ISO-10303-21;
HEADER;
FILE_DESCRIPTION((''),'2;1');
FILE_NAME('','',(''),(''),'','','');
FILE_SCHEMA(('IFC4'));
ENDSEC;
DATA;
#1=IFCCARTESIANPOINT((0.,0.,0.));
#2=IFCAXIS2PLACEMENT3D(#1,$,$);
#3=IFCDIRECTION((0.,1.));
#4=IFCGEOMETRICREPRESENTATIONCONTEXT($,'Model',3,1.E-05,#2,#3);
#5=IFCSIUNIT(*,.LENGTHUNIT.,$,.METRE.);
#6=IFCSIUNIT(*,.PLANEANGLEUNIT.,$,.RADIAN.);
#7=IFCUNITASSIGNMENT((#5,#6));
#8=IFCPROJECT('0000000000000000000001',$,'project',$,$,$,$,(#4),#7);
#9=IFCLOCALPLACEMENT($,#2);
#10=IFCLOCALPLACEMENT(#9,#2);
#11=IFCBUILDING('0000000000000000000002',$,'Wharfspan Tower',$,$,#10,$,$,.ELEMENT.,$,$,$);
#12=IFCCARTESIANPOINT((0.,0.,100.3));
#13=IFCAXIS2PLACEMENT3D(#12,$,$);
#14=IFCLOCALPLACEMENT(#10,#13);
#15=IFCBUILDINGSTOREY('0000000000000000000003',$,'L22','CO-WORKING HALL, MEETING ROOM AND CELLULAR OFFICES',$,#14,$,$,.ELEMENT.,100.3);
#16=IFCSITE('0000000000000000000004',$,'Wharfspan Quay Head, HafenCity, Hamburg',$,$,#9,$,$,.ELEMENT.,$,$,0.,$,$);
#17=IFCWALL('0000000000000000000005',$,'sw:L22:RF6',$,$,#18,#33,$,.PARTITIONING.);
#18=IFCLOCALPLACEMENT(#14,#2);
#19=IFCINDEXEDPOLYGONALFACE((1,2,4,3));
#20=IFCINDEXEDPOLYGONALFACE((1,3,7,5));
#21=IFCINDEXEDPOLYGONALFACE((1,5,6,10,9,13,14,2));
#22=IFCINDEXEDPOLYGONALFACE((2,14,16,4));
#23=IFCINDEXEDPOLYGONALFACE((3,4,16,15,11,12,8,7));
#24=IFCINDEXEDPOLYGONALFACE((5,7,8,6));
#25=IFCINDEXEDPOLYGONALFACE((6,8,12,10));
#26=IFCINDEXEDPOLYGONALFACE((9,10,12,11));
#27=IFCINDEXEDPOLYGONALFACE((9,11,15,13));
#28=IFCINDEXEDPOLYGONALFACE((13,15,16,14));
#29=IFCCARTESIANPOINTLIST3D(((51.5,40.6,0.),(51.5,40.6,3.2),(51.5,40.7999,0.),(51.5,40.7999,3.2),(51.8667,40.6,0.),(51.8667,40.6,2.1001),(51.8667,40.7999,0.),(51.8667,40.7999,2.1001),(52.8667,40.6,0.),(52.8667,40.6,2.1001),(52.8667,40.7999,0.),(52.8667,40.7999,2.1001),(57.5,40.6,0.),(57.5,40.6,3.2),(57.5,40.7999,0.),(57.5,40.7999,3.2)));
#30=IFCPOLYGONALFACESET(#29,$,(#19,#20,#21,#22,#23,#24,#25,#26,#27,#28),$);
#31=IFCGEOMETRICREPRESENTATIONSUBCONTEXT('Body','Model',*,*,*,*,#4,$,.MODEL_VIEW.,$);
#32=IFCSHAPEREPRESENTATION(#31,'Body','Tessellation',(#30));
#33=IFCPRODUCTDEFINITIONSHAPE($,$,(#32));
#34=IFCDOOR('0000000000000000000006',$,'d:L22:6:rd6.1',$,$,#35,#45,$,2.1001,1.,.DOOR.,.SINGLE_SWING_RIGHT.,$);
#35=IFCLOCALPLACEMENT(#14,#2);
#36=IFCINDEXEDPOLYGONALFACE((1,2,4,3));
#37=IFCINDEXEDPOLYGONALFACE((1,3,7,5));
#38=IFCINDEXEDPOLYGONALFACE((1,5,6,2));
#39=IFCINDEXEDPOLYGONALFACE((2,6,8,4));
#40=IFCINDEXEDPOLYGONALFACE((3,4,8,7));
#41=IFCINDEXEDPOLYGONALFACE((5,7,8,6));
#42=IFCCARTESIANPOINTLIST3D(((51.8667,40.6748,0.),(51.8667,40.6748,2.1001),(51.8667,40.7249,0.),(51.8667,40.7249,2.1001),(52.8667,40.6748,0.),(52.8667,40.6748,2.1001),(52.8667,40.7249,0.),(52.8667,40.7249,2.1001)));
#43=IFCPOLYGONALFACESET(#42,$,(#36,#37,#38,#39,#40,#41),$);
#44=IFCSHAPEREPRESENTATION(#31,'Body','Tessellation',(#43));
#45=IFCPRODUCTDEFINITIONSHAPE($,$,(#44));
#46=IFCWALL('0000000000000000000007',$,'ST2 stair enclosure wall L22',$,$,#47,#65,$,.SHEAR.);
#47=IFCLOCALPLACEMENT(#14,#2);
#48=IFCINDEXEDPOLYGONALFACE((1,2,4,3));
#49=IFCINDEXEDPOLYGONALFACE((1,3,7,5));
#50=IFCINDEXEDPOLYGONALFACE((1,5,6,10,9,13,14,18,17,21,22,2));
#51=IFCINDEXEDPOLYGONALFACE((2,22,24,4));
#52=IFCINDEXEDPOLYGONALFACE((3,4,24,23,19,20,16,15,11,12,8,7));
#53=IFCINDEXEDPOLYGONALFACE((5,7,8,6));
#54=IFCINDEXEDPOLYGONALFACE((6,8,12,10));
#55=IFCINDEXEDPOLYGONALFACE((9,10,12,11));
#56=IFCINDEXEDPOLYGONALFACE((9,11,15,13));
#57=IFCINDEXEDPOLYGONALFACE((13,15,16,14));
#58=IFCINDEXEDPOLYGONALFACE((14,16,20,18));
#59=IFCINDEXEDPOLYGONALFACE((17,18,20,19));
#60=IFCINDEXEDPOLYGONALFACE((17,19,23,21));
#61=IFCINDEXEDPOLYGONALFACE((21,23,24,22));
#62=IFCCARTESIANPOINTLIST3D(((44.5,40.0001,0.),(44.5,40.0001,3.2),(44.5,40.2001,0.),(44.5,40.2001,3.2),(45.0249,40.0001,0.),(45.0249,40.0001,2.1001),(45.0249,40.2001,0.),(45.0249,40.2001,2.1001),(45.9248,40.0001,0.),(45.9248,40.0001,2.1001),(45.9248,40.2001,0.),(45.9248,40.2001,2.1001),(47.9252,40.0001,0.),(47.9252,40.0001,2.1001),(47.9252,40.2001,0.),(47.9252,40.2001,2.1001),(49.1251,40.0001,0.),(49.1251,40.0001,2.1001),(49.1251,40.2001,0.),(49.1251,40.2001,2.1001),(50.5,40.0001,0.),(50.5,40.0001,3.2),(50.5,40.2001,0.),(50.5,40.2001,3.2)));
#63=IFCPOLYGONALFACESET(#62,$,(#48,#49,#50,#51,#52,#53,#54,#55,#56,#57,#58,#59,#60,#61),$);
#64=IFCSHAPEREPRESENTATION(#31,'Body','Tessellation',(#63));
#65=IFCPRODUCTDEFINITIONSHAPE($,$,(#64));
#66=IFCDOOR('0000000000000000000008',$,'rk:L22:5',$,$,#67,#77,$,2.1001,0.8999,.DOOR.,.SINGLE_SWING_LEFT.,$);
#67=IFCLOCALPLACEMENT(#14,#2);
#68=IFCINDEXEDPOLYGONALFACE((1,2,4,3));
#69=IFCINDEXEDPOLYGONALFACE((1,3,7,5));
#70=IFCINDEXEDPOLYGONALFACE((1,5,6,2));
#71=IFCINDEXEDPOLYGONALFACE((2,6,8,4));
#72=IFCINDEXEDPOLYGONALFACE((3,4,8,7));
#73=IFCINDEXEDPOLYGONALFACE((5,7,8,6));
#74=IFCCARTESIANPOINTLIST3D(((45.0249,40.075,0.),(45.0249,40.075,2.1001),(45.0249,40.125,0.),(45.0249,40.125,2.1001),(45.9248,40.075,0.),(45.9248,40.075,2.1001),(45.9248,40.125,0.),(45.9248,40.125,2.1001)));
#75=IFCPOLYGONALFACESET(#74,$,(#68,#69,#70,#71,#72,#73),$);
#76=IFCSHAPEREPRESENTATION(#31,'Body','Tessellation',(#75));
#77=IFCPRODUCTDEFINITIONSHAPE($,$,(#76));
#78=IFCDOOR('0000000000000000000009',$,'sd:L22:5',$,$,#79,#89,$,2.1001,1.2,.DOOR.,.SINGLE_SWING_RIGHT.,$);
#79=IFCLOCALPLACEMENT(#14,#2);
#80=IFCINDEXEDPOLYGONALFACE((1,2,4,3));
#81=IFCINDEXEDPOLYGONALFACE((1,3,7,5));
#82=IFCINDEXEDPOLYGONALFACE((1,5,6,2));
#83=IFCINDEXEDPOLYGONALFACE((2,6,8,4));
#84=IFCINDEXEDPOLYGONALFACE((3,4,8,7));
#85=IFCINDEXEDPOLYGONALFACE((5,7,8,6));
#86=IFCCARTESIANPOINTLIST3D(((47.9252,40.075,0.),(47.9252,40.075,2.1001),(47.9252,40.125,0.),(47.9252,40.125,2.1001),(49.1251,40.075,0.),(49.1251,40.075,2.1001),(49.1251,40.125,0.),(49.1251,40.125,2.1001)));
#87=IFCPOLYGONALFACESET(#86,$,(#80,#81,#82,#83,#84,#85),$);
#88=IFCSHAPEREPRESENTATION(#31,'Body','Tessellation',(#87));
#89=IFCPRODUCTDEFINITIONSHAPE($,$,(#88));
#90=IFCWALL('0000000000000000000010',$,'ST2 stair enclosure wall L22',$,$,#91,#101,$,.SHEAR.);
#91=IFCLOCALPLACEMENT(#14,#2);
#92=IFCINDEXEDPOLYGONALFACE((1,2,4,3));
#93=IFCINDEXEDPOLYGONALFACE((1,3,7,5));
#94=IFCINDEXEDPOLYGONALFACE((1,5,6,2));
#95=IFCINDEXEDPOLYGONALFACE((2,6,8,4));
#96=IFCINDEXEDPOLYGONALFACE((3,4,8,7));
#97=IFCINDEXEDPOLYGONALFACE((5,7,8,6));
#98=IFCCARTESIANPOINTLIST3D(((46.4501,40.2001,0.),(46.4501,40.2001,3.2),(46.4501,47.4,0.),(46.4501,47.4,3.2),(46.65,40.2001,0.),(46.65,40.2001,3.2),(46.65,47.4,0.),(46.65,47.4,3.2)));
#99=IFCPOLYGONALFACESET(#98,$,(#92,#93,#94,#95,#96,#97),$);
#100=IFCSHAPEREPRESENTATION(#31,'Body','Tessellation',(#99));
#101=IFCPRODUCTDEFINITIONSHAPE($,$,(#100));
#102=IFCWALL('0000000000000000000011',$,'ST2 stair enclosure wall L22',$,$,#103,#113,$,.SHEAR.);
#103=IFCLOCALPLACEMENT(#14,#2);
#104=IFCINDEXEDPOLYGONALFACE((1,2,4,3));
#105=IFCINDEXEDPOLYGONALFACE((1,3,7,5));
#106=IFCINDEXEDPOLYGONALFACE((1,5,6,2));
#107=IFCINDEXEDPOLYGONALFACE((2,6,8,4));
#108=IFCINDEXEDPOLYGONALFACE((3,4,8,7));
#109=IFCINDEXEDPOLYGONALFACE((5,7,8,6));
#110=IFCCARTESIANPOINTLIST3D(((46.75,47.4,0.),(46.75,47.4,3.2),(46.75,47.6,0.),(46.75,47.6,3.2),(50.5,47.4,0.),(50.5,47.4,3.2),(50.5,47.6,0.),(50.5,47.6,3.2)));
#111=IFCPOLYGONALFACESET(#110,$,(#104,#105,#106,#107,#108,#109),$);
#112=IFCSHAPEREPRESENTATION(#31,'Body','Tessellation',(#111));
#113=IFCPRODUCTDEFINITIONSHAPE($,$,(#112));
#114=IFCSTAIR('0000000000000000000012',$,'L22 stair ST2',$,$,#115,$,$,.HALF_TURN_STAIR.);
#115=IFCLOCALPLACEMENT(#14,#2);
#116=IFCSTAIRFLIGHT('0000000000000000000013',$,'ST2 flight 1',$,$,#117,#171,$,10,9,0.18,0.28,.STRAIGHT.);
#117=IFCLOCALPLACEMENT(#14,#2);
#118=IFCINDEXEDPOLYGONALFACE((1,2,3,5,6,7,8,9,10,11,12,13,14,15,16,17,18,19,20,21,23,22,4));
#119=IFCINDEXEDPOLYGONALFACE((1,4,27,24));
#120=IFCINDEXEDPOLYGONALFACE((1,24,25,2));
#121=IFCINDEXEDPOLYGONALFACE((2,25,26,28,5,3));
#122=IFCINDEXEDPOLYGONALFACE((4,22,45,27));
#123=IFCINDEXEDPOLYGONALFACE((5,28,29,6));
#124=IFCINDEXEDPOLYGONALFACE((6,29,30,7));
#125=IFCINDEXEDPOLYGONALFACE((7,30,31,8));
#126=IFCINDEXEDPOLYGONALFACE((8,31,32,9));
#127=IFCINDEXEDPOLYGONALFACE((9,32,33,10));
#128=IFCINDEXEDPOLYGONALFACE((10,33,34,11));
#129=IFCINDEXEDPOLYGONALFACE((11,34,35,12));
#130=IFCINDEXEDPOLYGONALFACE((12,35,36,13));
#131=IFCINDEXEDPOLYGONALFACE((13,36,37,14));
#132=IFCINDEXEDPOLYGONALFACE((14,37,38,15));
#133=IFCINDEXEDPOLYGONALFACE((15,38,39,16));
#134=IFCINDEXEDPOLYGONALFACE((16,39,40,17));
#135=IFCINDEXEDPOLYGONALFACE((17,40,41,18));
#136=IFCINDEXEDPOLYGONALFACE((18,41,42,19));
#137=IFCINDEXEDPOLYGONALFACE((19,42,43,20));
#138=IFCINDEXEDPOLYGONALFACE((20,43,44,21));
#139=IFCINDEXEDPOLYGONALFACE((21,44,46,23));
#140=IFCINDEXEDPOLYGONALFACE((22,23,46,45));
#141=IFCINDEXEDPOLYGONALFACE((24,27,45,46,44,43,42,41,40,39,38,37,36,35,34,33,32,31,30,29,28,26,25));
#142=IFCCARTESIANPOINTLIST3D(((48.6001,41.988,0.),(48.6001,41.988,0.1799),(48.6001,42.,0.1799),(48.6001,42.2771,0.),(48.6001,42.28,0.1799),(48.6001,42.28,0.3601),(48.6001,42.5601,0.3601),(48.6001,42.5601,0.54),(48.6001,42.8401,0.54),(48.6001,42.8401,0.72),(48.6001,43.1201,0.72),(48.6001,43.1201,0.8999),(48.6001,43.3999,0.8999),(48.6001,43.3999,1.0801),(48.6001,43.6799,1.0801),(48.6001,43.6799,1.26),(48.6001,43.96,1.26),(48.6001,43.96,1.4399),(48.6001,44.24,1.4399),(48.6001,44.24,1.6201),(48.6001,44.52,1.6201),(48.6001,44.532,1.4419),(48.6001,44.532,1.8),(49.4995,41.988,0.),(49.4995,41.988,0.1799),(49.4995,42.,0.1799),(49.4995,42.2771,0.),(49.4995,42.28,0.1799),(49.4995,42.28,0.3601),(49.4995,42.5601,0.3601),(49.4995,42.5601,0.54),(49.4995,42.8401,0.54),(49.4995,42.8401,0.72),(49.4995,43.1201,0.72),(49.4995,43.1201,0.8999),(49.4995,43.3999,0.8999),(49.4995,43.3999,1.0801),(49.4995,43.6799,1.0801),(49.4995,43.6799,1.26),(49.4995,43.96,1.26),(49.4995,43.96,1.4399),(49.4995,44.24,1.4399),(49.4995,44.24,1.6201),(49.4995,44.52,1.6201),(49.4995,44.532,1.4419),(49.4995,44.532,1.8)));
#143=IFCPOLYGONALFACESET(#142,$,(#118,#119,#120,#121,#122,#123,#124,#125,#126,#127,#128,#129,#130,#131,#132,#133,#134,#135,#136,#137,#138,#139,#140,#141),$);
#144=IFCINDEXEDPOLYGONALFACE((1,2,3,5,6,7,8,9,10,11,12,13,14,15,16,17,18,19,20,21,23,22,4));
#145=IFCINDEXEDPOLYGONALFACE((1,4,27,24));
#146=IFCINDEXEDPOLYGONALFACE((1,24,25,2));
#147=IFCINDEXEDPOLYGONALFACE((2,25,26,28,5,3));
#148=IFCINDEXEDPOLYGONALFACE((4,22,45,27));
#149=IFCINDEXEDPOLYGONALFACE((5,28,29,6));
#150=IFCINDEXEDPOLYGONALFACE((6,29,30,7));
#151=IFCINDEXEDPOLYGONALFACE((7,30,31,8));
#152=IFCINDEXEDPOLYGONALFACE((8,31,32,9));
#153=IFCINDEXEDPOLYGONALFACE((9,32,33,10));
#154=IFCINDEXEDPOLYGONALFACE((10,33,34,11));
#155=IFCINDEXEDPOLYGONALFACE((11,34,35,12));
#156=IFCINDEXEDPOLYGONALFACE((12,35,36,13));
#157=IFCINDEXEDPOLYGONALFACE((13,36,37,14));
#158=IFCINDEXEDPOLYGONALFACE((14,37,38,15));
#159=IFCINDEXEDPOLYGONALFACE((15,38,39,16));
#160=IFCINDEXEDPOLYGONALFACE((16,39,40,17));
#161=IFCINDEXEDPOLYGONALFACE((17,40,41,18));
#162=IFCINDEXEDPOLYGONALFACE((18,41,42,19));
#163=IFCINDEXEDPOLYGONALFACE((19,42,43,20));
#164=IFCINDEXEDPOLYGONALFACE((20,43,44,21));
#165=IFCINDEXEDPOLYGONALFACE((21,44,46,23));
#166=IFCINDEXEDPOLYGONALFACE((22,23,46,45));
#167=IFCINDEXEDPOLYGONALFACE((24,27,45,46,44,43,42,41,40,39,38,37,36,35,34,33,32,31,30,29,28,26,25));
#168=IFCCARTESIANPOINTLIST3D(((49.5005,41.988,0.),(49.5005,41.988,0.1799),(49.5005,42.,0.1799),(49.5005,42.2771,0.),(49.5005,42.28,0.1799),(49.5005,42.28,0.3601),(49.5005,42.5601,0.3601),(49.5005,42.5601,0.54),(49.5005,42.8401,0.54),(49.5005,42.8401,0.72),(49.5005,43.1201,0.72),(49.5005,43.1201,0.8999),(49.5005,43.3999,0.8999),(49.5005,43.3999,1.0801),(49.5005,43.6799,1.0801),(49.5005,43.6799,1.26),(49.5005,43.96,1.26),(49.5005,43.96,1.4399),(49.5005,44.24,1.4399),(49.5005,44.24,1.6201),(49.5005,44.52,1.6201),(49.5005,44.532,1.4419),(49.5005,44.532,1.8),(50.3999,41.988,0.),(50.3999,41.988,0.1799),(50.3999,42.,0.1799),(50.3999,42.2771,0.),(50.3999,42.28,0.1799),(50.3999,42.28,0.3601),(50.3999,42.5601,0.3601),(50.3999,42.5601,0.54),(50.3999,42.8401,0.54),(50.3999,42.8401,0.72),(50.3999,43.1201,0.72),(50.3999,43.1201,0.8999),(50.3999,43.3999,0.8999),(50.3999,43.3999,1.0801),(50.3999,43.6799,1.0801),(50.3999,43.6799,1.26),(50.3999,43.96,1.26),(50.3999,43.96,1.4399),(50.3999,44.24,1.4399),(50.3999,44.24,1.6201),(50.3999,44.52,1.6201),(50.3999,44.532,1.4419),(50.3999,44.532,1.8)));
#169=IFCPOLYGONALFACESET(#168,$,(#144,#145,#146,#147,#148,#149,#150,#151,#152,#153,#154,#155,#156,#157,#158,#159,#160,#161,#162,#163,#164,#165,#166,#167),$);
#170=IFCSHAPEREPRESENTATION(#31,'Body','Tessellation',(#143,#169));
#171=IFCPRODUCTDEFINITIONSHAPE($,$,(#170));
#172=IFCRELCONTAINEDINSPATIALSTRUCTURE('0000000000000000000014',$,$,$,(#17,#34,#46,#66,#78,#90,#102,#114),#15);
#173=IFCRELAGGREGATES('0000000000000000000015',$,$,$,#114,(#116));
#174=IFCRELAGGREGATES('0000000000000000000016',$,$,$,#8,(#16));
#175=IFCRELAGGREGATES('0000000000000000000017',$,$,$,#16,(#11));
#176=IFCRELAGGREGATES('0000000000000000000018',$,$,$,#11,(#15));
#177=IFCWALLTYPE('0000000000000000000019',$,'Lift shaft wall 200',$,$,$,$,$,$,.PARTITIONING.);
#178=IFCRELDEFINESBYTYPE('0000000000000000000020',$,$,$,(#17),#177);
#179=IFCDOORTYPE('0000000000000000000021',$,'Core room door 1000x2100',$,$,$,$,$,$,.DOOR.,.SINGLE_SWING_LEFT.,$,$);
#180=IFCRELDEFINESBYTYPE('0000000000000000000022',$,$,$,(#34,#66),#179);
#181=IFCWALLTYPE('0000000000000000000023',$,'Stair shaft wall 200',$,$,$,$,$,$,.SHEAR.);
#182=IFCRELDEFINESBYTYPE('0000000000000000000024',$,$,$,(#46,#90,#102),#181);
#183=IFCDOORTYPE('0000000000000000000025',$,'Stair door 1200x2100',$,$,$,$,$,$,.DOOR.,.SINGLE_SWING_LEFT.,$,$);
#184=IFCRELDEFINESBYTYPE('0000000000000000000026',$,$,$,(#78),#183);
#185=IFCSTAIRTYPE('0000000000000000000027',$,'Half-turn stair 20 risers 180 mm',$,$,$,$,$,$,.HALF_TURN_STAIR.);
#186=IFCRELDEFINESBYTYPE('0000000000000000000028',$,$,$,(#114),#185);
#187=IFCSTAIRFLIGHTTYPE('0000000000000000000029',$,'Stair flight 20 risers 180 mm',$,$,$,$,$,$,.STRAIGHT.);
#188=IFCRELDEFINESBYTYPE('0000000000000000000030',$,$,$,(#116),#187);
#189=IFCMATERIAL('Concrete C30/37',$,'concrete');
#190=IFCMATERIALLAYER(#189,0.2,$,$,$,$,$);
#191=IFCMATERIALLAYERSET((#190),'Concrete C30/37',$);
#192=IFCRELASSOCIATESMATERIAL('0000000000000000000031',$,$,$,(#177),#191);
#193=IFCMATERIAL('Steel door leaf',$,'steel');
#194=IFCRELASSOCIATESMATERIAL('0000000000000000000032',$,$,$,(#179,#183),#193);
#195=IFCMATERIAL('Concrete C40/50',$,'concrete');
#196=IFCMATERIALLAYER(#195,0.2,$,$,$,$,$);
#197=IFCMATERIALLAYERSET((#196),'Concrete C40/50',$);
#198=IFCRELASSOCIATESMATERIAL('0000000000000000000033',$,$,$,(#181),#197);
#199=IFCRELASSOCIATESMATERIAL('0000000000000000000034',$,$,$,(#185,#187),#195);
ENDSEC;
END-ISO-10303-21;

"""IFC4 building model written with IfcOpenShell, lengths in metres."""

from ifc_helpers import new_model, si_unit, direction, frame, frame_2d, origin, place, context, subcontext, project, spatial, polyline, rectangle, outline, extrude, material, layer, layer_set, type_object, element, fill, aggregate, save


model = new_model("IFC4")

# Units and contexts
model_context = context("Model", 3, precision=1e-05, world=origin(), true_north=direction((0.0, 1.0)))
body_context = subcontext(model_context, "Body", "Model", "MODEL_VIEW")
ifc_project = project(units=[si_unit("LENGTHUNIT", "METRE"), si_unit("PLANEANGLEUNIT", "RADIAN")], contexts=[model_context])

# Site, building, storey
site_placement = place(None, origin())
site = spatial("IfcSite", under=ifc_project, at=site_placement, Name="Wharfspan Quay Head, HafenCity, Hamburg", CompositionType="ELEMENT", RefElevation=0.0)
building_placement = place(site_placement, origin())
building = spatial("IfcBuilding", under=site, at=building_placement, Name="Wharfspan Tower", CompositionType="ELEMENT")
storey_placement = place(building_placement, frame((0.0, 0.0, 100.3)))
storey = spatial("IfcBuildingStorey", under=building, at=storey_placement, Name="L22", Description="CO-WORKING HALL, MEETING ROOM AND CELLULAR OFFICES", CompositionType="ELEMENT", Elevation=100.3)

# Wall, opening, door
ifc_material_1 = material(Name="Concrete C30/37", Category="concrete")
ifc_layer_1 = layer(ifc_material_1, 0.2)
ifc_layer_set_1 = layer_set([ifc_layer_1], Name="Concrete C30/37")
wall_type_1 = type_object("IfcWallType", Name="Lift shaft wall 200", PredefinedType="PARTITIONING", material=ifc_layer_set_1)
wall_1_placement = place(storey_placement, frame((51.5, 40.7, 0.0), z_axis=(0.0, 0.0, 1.0), x_axis=(1.0, 0.0, 0.0)))
wall_1 = element("IfcWall", 1, at=wall_1_placement, inside=storey, type_object=wall_type_1, Name="sw:L22:RF6", PredefinedType="PARTITIONING", context=body_context, shape_type="SweptSolid", body=[
    extrude(rectangle(XDim=6.0, YDim=0.2, at=frame_2d((3.0, 0.0))), origin(), (0.0, 0.0, 1.0), 3.2),
])
opening_1_placement = place(wall_1_placement, frame((0.3667, 0.0, 0.0)))
opening_1 = element("IfcOpeningElement", 2, at=opening_1_placement, cuts=wall_1, PredefinedType="OPENING", context=body_context, shape_type="SweptSolid", body=[
    extrude(rectangle(XDim=1.0, YDim=2.1001, at=frame_2d((0.5, 1.05))), frame((0.0, 0.1099, 0.0), z_axis=(0.0, -1.0, 0.0), x_axis=(1.0, 0.0, 0.0)), (0.0, 0.0, 1.0), 0.22),
])
ifc_material_2 = material(Name="Steel door leaf", Category="steel")
door_type_1 = type_object("IfcDoorType", Name="Core room door 1000x2100", OperationType="SINGLE_SWING_LEFT", PredefinedType="DOOR", material=ifc_material_2)
door_1_placement = place(opening_1_placement, origin())
door_1 = element("IfcDoor", 3, at=door_1_placement, inside=storey, type_object=door_type_1, Name="d:L22:6:rd6.1", OperationType="SINGLE_SWING_RIGHT", OverallHeight=2.1001, OverallWidth=1.0, PredefinedType="DOOR", context=body_context, shape_type="SweptSolid", body=[
    extrude(rectangle(XDim=1.0, YDim=2.1001, at=frame_2d((0.5, 1.05))), frame((0.0, 0.0249, 0.0), z_axis=(0.0, -1.0, 0.0), x_axis=(1.0, 0.0, 0.0)), (0.0, 0.0, 1.0), 0.05),
])
fill(opening_1, door_1)

# Wall, openings, doors
ifc_material_3 = material(Name="Concrete C40/50", Category="concrete")
ifc_layer_2 = layer(ifc_material_3, 0.2)
ifc_layer_set_2 = layer_set([ifc_layer_2], Name="Concrete C40/50")
wall_type_2 = type_object("IfcWallType", Name="Stair shaft wall 200", PredefinedType="SHEAR", material=ifc_layer_set_2)
wall_2_placement = place(storey_placement, frame((44.5, 40.1001, 0.0), z_axis=(0.0, 0.0, 1.0), x_axis=(1.0, 0.0, 0.0)))
wall_2 = element("IfcWall", 4, at=wall_2_placement, inside=storey, type_object=wall_type_2, Name="ST2 stair enclosure wall L22", PredefinedType="SHEAR", context=body_context, shape_type="SweptSolid", body=[
    extrude(rectangle(XDim=6.0, YDim=0.2, at=frame_2d((3.0, 0.0))), origin(), (0.0, 0.0, 1.0), 3.2),
])
opening_2_placement = place(wall_2_placement, frame((3.425, 0.0, 0.0)))
opening_2 = element("IfcOpeningElement", 5, at=opening_2_placement, cuts=wall_2, PredefinedType="OPENING", context=body_context, shape_type="SweptSolid", body=[
    extrude(rectangle(XDim=1.2, YDim=2.1001, at=frame_2d((0.6001, 1.05))), frame((0.0, 0.1099, 0.0), z_axis=(0.0, -1.0, 0.0), x_axis=(1.0, 0.0, 0.0)), (0.0, 0.0, 1.0), 0.22),
])
opening_3_placement = place(wall_2_placement, frame((0.5249, 0.0, 0.0)))
opening_3 = element("IfcOpeningElement", 6, at=opening_3_placement, cuts=wall_2, PredefinedType="OPENING", context=body_context, shape_type="SweptSolid", body=[
    extrude(rectangle(XDim=0.8999, YDim=2.1001, at=frame_2d((0.45, 1.05))), frame((0.0, 0.1099, 0.0), z_axis=(0.0, -1.0, 0.0), x_axis=(1.0, 0.0, 0.0)), (0.0, 0.0, 1.0), 0.22),
])
door_2_placement = place(opening_3_placement, origin())
door_2 = element("IfcDoor", 7, at=door_2_placement, inside=storey, type_object=door_type_1, Name="rk:L22:5", OperationType="SINGLE_SWING_LEFT", OverallHeight=2.1001, OverallWidth=0.8999, PredefinedType="DOOR", context=body_context, shape_type="SweptSolid", body=[
    extrude(rectangle(XDim=0.8999, YDim=2.1001, at=frame_2d((0.45, 1.05))), frame((0.0, 0.0249, 0.0), z_axis=(0.0, -1.0, 0.0), x_axis=(1.0, 0.0, 0.0)), (0.0, 0.0, 1.0), 0.05),
])
fill(opening_3, door_2)
door_type_2 = type_object("IfcDoorType", Name="Stair door 1200x2100", OperationType="SINGLE_SWING_LEFT", PredefinedType="DOOR", material=ifc_material_2)
door_3_placement = place(opening_2_placement, origin())
door_3 = element("IfcDoor", 8, at=door_3_placement, inside=storey, type_object=door_type_2, Name="sd:L22:5", OperationType="SINGLE_SWING_RIGHT", OverallHeight=2.1001, OverallWidth=1.2, PredefinedType="DOOR", context=body_context, shape_type="SweptSolid", body=[
    extrude(rectangle(XDim=1.2, YDim=2.1001, at=frame_2d((0.6001, 1.05))), frame((0.0, 0.0249, 0.0), z_axis=(0.0, -1.0, 0.0), x_axis=(1.0, 0.0, 0.0)), (0.0, 0.0, 1.0), 0.05),
])
fill(opening_2, door_3)

# Walls
wall_3_placement = place(storey_placement, frame((46.55, 40.2, 0.0), z_axis=(0.0, 0.0, 1.0), x_axis=(0.0, 1.0, 0.0)))
element("IfcWall", 9, at=wall_3_placement, inside=storey, type_object=wall_type_2, Name="ST2 stair enclosure wall L22", PredefinedType="SHEAR", context=body_context, shape_type="SweptSolid", body=[
    extrude(rectangle(XDim=7.2, YDim=0.2, at=frame_2d((3.6001, 0.0))), origin(), (0.0, 0.0, 1.0), 3.2),
])
wall_4_placement = place(storey_placement, frame((46.75, 47.5, 0.0), z_axis=(0.0, 0.0, 1.0), x_axis=(1.0, 0.0, 0.0)))
element("IfcWall", 10, at=wall_4_placement, inside=storey, type_object=wall_type_2, Name="ST2 stair enclosure wall L22", PredefinedType="SHEAR", context=body_context, shape_type="SweptSolid", body=[
    extrude(rectangle(XDim=3.75, YDim=0.2, at=frame_2d((1.875, 0.0))), origin(), (0.0, 0.0, 1.0), 3.2),
])

# Stair, stair flight
stair_type = type_object("IfcStairType", Name="Half-turn stair 20 risers 180 mm", PredefinedType="HALF_TURN_STAIR", material=ifc_material_3)
stair_placement = place(storey_placement, origin())
stair = element("IfcStair", 11, at=stair_placement, inside=storey, type_object=stair_type, Name="L22 stair ST2", PredefinedType="HALF_TURN_STAIR")
stair_flight_type = type_object("IfcStairFlightType", Name="Stair flight 20 risers 180 mm", PredefinedType="STRAIGHT", material=ifc_material_3)
stair_flight_1_placement = place(storey_placement, frame((49.5, 42.0, 0.0), z_axis=(0.0, 0.0, 1.0), x_axis=(0.0, 1.0, 0.0)))
stair_flight_1 = element("IfcStairFlight", 12, at=stair_flight_1_placement, type_object=stair_flight_type, Name="ST2 flight 1", NumberOfRisers=10, NumberOfTreads=9, PredefinedType="STRAIGHT", RiserHeight=0.18, TreadLength=0.28, context=body_context, shape_type="SweptSolid", body=[
    extrude(outline(polyline([(-0.012, 0.0), (-0.012, 0.1799), (0.0, 0.1799), (0.28, 0.1799), (0.28, 0.3601), (0.5601, 0.3601), (0.5601, 0.54), (0.8401, 0.54), (0.8401, 0.72), (1.1201, 0.72), (1.1201, 0.8999), (1.3999, 0.8999), (1.3999, 1.0801), (1.6799, 1.0801), (1.6799, 1.26), (1.96, 1.26), (1.96, 1.4399), (2.24, 1.4399), (2.24, 1.6201), (2.52, 1.6201), (2.532, 1.8), (2.532, 1.4419), (0.2771, 0.0), (-0.012, 0.0)])), frame((0.0, 0.8999, 0.0), z_axis=(0.0, -1.0, 0.0), x_axis=(1.0, 0.0, 0.0)), (0.0, 0.0, 1.0), 0.8994),
    extrude(outline(polyline([(-0.012, 0.0), (-0.012, 0.1799), (0.0, 0.1799), (0.28, 0.1799), (0.28, 0.3601), (0.5601, 0.3601), (0.5601, 0.54), (0.8401, 0.54), (0.8401, 0.72), (1.1201, 0.72), (1.1201, 0.8999), (1.3999, 0.8999), (1.3999, 1.0801), (1.6799, 1.0801), (1.6799, 1.26), (1.96, 1.26), (1.96, 1.4399), (2.24, 1.4399), (2.24, 1.6201), (2.52, 1.6201), (2.532, 1.8), (2.532, 1.4419), (0.2771, 0.0), (-0.012, 0.0)])), frame((0.0, -0.0005, 0.0), z_axis=(0.0, -1.0, 0.0), x_axis=(1.0, 0.0, 0.0)), (0.0, 0.0, 1.0), 0.8994),
])
aggregate(stair, [stair_flight_1])

save(model, "model.ifc")
